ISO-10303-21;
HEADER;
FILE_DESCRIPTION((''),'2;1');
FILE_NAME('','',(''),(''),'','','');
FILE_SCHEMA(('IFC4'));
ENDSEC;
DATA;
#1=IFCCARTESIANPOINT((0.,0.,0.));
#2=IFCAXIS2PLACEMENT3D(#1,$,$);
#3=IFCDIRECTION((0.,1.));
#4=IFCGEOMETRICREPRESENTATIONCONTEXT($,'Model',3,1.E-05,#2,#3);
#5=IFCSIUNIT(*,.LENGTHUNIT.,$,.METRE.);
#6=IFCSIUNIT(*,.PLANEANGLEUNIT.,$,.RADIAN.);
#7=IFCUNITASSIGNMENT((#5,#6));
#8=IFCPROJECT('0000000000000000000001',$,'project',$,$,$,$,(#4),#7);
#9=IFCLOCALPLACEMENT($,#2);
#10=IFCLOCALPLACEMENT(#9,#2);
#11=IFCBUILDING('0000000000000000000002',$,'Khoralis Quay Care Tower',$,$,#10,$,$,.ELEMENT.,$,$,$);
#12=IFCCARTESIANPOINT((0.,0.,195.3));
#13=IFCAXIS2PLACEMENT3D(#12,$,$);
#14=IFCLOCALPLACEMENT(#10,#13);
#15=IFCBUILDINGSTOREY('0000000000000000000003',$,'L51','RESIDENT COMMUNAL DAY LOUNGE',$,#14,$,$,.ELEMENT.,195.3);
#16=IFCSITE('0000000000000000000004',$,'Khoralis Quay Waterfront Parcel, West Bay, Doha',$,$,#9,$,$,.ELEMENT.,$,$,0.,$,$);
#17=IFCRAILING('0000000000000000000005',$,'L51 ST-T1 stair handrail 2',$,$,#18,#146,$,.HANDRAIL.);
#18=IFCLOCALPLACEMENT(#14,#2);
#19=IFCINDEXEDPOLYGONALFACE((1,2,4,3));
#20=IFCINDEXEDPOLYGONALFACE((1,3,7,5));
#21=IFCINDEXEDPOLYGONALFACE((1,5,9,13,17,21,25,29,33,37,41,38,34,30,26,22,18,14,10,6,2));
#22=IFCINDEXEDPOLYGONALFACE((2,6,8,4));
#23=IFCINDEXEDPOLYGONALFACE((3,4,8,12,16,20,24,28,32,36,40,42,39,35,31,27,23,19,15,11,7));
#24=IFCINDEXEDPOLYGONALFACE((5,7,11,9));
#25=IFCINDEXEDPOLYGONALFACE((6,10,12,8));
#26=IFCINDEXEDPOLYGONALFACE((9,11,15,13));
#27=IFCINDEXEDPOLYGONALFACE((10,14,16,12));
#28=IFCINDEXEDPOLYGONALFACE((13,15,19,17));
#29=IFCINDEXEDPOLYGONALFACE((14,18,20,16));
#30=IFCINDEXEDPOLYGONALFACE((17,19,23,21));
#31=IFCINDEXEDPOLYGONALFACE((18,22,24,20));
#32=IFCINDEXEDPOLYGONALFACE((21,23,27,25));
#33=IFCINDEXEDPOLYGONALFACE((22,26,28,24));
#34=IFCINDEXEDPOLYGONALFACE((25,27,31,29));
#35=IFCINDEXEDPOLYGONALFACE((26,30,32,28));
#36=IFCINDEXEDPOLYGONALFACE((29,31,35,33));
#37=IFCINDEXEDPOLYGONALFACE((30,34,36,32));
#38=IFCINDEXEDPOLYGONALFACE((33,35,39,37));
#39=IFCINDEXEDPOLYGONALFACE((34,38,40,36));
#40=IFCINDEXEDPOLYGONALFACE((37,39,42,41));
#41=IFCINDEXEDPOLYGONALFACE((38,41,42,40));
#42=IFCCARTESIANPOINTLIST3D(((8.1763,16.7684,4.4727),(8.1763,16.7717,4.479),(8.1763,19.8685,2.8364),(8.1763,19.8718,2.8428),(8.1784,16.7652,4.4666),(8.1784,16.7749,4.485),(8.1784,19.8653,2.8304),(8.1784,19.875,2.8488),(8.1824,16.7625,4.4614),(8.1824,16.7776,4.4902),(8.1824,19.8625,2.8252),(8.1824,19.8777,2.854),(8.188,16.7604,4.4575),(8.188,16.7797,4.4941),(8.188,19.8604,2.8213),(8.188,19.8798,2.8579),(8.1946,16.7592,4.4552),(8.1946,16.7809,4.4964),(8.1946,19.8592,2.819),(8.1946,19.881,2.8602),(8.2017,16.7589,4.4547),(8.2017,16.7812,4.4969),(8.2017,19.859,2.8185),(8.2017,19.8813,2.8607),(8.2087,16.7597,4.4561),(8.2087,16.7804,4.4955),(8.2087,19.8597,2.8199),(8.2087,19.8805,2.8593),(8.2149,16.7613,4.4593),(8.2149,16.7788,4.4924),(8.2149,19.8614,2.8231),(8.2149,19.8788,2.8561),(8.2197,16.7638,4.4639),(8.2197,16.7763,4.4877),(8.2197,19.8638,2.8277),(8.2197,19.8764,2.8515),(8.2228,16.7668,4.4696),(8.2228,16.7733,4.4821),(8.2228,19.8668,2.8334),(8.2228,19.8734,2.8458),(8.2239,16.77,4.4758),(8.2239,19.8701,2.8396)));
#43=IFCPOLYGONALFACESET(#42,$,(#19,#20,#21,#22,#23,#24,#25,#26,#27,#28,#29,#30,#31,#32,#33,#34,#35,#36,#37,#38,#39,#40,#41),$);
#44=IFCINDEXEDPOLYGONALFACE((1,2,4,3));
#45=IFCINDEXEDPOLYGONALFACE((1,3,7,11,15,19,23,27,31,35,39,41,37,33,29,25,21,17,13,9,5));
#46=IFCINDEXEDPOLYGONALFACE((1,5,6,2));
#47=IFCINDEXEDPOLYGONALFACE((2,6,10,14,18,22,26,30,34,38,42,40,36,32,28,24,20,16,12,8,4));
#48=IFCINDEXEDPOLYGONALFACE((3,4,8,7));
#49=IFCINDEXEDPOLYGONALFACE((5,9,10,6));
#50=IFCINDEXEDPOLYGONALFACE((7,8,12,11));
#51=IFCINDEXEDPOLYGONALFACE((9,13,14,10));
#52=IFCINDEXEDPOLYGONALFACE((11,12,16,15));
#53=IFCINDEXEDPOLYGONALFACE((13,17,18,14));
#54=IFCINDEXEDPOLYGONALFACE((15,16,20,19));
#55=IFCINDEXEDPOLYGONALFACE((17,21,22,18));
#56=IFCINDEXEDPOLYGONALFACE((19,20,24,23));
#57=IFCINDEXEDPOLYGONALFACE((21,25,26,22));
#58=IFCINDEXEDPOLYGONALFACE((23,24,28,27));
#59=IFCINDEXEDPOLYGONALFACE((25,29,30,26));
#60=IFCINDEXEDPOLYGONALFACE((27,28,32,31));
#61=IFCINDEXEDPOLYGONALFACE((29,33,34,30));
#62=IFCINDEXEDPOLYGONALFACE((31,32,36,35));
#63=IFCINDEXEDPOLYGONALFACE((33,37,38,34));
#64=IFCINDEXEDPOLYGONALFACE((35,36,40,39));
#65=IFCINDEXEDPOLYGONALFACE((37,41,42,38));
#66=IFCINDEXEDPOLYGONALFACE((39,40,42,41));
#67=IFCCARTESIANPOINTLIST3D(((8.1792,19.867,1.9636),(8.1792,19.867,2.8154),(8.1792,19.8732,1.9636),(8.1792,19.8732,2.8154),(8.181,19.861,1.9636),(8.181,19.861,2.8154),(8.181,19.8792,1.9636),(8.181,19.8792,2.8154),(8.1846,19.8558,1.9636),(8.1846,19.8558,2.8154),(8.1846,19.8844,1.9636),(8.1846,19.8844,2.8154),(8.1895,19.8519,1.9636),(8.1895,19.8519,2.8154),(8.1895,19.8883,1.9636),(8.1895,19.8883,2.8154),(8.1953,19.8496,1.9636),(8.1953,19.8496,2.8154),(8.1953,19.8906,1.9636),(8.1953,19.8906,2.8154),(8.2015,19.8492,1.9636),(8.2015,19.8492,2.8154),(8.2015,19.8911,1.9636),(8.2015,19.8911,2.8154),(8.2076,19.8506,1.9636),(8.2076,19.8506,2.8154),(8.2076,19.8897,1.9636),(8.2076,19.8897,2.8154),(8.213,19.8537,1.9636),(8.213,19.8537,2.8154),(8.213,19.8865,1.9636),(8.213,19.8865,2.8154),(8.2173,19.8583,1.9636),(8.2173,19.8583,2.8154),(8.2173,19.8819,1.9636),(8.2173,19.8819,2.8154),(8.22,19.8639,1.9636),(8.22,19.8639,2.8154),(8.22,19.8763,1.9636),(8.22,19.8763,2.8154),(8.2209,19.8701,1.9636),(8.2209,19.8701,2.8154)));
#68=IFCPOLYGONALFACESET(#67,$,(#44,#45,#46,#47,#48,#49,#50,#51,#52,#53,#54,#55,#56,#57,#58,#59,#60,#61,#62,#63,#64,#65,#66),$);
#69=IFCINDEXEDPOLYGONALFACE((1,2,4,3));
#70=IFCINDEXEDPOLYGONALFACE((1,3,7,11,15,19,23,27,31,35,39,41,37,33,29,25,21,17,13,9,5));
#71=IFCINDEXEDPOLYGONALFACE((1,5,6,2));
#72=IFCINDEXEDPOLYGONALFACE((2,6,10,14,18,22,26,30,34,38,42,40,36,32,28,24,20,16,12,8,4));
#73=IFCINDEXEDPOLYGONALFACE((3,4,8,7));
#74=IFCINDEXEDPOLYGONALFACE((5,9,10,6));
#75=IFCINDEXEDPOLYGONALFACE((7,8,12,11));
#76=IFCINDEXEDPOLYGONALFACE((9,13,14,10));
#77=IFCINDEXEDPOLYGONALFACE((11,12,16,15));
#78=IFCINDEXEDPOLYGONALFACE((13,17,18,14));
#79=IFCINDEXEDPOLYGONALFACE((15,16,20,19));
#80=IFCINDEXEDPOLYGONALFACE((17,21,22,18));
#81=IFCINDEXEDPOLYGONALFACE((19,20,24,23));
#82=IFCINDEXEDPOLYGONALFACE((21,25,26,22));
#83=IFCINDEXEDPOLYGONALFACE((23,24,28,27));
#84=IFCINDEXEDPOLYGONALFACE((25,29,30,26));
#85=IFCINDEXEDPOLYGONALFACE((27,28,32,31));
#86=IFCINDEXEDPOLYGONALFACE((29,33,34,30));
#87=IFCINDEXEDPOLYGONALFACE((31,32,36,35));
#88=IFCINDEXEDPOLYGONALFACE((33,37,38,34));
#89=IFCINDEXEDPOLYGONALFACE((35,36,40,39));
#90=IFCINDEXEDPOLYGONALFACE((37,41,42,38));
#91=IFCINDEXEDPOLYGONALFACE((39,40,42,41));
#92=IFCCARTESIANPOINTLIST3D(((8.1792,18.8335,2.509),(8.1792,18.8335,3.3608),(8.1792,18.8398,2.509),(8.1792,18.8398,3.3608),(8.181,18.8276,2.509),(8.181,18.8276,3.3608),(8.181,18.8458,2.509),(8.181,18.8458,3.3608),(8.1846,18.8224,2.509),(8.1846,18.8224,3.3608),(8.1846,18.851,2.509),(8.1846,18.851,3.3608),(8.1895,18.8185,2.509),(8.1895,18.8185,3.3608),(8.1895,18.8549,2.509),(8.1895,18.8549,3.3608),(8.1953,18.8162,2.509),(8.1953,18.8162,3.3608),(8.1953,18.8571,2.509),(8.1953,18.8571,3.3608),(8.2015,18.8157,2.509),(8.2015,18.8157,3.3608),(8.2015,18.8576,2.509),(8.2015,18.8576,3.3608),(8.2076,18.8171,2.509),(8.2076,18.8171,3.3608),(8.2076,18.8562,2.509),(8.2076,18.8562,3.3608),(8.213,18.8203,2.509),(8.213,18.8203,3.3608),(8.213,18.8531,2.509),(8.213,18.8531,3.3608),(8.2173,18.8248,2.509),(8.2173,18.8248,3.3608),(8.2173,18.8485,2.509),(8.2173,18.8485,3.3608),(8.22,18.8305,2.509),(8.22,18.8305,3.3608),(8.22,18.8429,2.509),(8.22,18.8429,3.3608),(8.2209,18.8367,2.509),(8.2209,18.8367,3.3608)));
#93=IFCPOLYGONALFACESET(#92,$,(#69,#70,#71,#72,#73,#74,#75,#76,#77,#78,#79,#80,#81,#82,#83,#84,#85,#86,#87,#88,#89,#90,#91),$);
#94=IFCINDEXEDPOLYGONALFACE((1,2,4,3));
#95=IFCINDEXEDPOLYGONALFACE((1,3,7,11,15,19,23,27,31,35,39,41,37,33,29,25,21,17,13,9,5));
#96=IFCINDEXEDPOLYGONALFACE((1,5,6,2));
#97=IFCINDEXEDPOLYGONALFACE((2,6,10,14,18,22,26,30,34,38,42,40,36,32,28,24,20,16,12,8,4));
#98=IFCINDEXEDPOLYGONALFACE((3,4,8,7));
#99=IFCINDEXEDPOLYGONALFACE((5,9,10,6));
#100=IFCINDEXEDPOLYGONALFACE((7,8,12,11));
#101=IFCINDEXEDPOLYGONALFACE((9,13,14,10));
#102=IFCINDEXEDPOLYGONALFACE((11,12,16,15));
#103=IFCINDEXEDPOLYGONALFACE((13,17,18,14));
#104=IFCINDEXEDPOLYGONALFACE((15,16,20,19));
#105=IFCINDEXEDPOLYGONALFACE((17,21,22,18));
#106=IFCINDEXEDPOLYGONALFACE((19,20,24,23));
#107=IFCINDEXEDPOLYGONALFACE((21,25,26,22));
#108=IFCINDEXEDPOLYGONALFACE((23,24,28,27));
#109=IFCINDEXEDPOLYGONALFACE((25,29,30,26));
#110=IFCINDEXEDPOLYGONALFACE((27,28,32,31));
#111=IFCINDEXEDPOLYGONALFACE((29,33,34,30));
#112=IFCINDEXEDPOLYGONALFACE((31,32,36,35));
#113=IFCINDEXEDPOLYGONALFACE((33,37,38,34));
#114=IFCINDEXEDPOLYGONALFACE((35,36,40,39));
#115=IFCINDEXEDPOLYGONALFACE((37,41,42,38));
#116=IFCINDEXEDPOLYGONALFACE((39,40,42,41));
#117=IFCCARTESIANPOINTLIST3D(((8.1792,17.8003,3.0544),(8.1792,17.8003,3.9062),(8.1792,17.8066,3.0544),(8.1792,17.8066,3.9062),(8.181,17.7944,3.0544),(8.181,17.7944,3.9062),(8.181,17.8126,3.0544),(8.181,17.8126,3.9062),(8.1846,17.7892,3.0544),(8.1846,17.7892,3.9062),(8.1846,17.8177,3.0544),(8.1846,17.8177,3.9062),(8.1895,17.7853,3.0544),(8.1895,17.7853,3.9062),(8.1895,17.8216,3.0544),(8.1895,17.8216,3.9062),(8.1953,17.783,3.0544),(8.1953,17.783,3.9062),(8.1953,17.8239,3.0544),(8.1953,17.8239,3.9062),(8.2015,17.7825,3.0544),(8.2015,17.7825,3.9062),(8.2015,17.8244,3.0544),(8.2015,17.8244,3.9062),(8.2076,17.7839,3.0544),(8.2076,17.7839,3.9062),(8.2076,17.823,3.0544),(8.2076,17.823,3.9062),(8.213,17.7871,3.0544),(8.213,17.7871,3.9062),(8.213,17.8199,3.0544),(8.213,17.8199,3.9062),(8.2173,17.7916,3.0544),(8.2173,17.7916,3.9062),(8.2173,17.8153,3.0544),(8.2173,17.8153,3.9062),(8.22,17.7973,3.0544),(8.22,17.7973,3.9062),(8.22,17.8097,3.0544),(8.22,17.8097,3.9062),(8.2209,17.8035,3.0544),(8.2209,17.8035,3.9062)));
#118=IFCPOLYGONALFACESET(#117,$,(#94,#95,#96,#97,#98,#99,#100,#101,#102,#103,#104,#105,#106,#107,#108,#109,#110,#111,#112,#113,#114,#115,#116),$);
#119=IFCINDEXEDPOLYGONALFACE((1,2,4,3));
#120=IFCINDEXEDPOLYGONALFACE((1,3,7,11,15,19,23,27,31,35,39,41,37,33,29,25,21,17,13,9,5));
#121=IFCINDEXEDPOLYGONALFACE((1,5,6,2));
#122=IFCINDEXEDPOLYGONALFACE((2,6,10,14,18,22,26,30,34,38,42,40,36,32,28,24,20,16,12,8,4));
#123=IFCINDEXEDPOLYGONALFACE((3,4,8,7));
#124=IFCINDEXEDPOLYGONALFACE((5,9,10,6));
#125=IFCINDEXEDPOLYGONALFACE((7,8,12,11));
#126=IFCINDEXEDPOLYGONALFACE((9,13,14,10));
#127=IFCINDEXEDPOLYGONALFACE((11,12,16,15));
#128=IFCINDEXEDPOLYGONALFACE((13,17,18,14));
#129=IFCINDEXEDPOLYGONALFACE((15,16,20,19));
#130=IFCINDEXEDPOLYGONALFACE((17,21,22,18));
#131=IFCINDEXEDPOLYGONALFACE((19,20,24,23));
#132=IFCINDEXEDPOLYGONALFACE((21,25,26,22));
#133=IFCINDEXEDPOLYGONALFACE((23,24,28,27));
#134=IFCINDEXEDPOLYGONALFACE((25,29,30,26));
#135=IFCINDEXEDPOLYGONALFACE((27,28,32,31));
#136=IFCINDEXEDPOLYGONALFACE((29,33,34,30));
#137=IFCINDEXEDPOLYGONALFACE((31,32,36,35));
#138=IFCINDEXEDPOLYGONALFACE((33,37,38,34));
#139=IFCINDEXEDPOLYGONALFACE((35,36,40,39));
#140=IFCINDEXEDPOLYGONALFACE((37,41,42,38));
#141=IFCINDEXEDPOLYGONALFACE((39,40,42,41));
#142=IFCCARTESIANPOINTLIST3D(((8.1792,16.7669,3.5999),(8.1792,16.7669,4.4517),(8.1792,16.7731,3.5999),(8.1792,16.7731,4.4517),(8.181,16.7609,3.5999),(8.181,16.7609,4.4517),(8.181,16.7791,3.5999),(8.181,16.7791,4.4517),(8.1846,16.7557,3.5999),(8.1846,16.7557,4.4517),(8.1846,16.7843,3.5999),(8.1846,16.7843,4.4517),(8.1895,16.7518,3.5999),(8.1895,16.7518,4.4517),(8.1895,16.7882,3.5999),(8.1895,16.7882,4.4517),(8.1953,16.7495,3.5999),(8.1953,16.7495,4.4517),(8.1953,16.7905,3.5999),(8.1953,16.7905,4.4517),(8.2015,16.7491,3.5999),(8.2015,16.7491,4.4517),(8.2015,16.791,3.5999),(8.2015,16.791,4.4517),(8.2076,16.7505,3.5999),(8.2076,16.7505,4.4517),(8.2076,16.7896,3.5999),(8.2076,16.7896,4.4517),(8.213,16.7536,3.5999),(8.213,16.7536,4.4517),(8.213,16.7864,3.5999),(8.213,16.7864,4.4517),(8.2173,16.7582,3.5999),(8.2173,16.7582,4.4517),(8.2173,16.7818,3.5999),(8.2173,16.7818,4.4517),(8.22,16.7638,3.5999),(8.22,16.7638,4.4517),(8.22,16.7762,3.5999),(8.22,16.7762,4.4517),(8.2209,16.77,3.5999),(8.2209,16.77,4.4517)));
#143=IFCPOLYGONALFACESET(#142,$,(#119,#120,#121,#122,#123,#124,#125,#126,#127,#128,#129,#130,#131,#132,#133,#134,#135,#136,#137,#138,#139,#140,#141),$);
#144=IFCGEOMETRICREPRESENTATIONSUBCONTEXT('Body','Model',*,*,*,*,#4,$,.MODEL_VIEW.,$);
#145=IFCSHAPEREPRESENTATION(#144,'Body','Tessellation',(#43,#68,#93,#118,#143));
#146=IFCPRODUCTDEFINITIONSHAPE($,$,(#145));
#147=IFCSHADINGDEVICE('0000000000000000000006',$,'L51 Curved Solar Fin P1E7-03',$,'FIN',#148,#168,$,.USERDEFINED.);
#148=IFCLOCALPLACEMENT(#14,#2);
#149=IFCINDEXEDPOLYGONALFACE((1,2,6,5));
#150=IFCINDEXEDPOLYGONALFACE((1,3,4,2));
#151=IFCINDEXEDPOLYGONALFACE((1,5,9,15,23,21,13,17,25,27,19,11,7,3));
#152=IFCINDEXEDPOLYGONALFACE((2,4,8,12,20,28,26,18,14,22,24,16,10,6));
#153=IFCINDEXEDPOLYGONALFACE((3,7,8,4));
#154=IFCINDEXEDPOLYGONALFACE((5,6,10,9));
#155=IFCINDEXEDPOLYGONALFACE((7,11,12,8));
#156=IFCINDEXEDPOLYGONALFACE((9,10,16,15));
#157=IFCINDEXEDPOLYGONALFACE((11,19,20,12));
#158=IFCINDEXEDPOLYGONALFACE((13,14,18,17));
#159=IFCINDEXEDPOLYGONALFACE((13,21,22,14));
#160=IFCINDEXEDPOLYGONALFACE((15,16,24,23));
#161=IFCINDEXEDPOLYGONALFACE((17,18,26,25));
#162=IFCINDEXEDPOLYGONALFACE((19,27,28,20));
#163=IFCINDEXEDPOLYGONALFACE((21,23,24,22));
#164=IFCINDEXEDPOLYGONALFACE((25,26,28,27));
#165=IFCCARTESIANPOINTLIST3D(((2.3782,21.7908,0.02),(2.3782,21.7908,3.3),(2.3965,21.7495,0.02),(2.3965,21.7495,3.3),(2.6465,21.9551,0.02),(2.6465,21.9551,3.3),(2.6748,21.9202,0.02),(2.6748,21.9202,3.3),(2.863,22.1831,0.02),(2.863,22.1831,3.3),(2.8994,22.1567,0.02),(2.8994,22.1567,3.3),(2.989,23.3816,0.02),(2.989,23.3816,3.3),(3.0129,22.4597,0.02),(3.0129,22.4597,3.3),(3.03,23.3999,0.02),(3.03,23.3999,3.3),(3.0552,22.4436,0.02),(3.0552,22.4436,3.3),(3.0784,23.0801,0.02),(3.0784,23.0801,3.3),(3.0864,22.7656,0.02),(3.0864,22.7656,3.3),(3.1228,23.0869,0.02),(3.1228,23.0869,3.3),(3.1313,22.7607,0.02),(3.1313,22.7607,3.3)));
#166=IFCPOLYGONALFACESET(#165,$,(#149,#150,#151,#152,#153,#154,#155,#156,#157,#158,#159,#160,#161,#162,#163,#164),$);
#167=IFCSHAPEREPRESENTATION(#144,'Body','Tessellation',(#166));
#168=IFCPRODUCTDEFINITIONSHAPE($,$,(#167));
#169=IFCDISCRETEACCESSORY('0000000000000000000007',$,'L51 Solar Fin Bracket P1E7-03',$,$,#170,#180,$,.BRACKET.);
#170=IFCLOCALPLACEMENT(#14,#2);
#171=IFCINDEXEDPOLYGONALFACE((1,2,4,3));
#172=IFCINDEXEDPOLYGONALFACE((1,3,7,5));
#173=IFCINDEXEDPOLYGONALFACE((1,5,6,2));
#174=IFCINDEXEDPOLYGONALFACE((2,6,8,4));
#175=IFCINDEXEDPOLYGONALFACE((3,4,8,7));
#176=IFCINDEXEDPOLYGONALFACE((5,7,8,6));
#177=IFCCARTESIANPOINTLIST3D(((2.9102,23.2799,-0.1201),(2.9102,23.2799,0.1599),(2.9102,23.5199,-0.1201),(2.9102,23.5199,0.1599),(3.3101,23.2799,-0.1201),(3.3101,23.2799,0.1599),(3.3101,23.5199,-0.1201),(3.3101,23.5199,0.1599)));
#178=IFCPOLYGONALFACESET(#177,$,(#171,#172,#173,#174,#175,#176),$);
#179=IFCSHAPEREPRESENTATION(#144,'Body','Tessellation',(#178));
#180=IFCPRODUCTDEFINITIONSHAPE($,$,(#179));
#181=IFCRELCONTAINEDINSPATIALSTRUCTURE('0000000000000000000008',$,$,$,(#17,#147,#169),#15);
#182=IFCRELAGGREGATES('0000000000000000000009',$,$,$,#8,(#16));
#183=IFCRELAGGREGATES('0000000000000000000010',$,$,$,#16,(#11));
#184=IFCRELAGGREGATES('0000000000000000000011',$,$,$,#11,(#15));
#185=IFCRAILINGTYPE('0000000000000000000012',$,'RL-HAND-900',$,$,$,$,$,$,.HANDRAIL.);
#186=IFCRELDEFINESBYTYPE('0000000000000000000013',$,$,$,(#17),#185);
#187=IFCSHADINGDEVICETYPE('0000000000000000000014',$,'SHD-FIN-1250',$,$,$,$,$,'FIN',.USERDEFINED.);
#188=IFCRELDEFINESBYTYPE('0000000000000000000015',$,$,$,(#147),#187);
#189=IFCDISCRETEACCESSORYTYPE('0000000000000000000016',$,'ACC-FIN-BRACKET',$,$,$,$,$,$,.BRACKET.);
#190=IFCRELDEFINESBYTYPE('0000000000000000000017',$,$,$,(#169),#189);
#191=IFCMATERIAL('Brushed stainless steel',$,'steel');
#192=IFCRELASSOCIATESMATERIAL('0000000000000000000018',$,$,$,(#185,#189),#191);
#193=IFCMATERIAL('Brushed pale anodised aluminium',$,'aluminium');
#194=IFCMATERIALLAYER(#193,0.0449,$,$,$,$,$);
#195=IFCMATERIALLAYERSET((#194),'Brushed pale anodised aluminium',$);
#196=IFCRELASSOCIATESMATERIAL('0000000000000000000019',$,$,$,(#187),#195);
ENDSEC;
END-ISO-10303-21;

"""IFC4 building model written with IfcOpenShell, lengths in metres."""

from ifc_helpers import new_model, si_unit, direction, frame, origin, origin_2d, place, context, subcontext, project, spatial, polyline, rectangle, circle, outline, extrude, source, transform, mapped, material, layer, layer_set, type_object, element, save


model = new_model("IFC4")

# Units and contexts
model_context = context("Model", 3, precision=1e-05, world=origin(), true_north=direction((0.0, 1.0)))
body_context = subcontext(model_context, "Body", "Model", "MODEL_VIEW")
ifc_project = project(units=[si_unit("LENGTHUNIT", "METRE"), si_unit("PLANEANGLEUNIT", "RADIAN")], contexts=[model_context])

# Site, building, storey
site_placement = place(None, origin())
site = spatial("IfcSite", under=ifc_project, at=site_placement, Name="Khoralis Quay Waterfront Parcel, West Bay, Doha", CompositionType="ELEMENT", RefElevation=0.0)
building_placement = place(site_placement, origin())
building = spatial("IfcBuilding", under=site, at=building_placement, Name="Khoralis Quay Care Tower", CompositionType="ELEMENT")
storey_placement = place(building_placement, frame((0.0, 0.0, 195.3)))
storey = spatial("IfcBuildingStorey", under=building, at=storey_placement, Name="L51", Description="RESIDENT COMMUNAL DAY LOUNGE", CompositionType="ELEMENT", Elevation=195.3)

# Railing
ifc_material_1 = material(Name="Brushed stainless steel", Category="steel")
railing_type_1 = type_object("IfcRailingType", Name="RL-HAND-900", PredefinedType="HANDRAIL", material=ifc_material_1)
railing_1_placement = place(storey_placement, frame((8.2, 19.8701, 1.9636)))
element("IfcRailing", 1, at=railing_1_placement, inside=storey, type_object=railing_type_1, Name="L51 ST-T1 stair handrail 2", PredefinedType="HANDRAIL", context=body_context, shape_type="SweptSolid", body=[
    extrude(circle(Radius=0.0239, at=origin_2d()), frame((0.0, 0.0, 0.876), z_axis=(0.0, -0.884377, 0.466774), x_axis=(1.0, 0.0, 0.0)), (0.0, 0.0, 1.0), 3.5054),
    extrude(circle(Radius=0.021, at=origin_2d()), origin(), (0.0, 0.0, 1.0), 0.8518),
    extrude(circle(Radius=0.021, at=origin_2d()), frame((0.0, -1.0334, 0.5454)), (0.0, 0.0, 1.0), 0.8518),
    extrude(circle(Radius=0.021, at=origin_2d()), frame((0.0, -2.0667, 1.0908)), (0.0, 0.0, 1.0), 0.8518),
    extrude(circle(Radius=0.021, at=origin_2d()), frame((0.0, -3.1001, 1.6362)), (0.0, 0.0, 1.0), 0.8518),
])

# Shading device
ifc_material_2 = material(Name="Brushed pale anodised aluminium", Category="aluminium")
ifc_layer_1 = layer(ifc_material_2, 0.0449)
ifc_layer_set_1 = layer_set([ifc_layer_1], Name="Brushed pale anodised aluminium")
shading_device_type = type_object("IfcShadingDeviceType", Name="SHD-FIN-1250", ElementType="FIN", PredefinedType="USERDEFINED", material=ifc_layer_set_1)
shared_shape_1 = source(origin(), body_context, "Body", "SweptSolid", [
    extrude(outline(polyline([(0.0, 0.0), (-0.0928, 0.313), (-0.1013, 0.6392), (-0.0251, 0.9563), (0.1306, 1.2432), (0.3552, 1.4797), (0.6335, 1.6504), (0.6519, 1.6091), (0.3835, 1.4448), (0.167, 1.2168), (0.0171, 0.9402), (-0.0564, 0.6343), (-0.0483, 0.3198), (0.041, 0.0183), (0.0, 0.0)])), origin(), (0.0, 0.0, 1.0), 3.28),
])
shading_device_placement = place(storey_placement, frame((3.03, 23.3999, 0.02), z_axis=(0.0, 0.0, 1.0), x_axis=(-1.0, 0.0, 0.0)))
element("IfcShadingDevice", 2, at=shading_device_placement, inside=storey, type_object=shading_device_type, Name="L51 Curved Solar Fin P1E7-03", ObjectType="FIN", PredefinedType="USERDEFINED", context=body_context, shape_type="MappedRepresentation", body=[
    mapped(shared_shape_1, transform((0.0, 0.0, 0.0), scale=1.0)),
])

# Discrete accessory
discrete_accessory_type = type_object("IfcDiscreteAccessoryType", Name="ACC-FIN-BRACKET", PredefinedType="BRACKET", material=ifc_material_1)
shared_shape_2 = source(origin(), body_context, "Body", "SweptSolid", [
    extrude(rectangle(XDim=0.3999, YDim=0.24, at=origin_2d()), origin(), (0.0, 0.0, 1.0), 0.28),
])
discrete_accessory_placement = place(storey_placement, frame((3.1101, 23.3999, -0.1201), z_axis=(0.0, 0.0, 1.0), x_axis=(-1.0, 0.0, 0.0)))
element("IfcDiscreteAccessory", 3, at=discrete_accessory_placement, inside=storey, type_object=discrete_accessory_type, Name="L51 Solar Fin Bracket P1E7-03", PredefinedType="BRACKET", context=body_context, shape_type="MappedRepresentation", body=[
    mapped(shared_shape_2, transform((0.0, 0.0, 0.0), scale=1.0)),
])

save(model, "model.ifc")
